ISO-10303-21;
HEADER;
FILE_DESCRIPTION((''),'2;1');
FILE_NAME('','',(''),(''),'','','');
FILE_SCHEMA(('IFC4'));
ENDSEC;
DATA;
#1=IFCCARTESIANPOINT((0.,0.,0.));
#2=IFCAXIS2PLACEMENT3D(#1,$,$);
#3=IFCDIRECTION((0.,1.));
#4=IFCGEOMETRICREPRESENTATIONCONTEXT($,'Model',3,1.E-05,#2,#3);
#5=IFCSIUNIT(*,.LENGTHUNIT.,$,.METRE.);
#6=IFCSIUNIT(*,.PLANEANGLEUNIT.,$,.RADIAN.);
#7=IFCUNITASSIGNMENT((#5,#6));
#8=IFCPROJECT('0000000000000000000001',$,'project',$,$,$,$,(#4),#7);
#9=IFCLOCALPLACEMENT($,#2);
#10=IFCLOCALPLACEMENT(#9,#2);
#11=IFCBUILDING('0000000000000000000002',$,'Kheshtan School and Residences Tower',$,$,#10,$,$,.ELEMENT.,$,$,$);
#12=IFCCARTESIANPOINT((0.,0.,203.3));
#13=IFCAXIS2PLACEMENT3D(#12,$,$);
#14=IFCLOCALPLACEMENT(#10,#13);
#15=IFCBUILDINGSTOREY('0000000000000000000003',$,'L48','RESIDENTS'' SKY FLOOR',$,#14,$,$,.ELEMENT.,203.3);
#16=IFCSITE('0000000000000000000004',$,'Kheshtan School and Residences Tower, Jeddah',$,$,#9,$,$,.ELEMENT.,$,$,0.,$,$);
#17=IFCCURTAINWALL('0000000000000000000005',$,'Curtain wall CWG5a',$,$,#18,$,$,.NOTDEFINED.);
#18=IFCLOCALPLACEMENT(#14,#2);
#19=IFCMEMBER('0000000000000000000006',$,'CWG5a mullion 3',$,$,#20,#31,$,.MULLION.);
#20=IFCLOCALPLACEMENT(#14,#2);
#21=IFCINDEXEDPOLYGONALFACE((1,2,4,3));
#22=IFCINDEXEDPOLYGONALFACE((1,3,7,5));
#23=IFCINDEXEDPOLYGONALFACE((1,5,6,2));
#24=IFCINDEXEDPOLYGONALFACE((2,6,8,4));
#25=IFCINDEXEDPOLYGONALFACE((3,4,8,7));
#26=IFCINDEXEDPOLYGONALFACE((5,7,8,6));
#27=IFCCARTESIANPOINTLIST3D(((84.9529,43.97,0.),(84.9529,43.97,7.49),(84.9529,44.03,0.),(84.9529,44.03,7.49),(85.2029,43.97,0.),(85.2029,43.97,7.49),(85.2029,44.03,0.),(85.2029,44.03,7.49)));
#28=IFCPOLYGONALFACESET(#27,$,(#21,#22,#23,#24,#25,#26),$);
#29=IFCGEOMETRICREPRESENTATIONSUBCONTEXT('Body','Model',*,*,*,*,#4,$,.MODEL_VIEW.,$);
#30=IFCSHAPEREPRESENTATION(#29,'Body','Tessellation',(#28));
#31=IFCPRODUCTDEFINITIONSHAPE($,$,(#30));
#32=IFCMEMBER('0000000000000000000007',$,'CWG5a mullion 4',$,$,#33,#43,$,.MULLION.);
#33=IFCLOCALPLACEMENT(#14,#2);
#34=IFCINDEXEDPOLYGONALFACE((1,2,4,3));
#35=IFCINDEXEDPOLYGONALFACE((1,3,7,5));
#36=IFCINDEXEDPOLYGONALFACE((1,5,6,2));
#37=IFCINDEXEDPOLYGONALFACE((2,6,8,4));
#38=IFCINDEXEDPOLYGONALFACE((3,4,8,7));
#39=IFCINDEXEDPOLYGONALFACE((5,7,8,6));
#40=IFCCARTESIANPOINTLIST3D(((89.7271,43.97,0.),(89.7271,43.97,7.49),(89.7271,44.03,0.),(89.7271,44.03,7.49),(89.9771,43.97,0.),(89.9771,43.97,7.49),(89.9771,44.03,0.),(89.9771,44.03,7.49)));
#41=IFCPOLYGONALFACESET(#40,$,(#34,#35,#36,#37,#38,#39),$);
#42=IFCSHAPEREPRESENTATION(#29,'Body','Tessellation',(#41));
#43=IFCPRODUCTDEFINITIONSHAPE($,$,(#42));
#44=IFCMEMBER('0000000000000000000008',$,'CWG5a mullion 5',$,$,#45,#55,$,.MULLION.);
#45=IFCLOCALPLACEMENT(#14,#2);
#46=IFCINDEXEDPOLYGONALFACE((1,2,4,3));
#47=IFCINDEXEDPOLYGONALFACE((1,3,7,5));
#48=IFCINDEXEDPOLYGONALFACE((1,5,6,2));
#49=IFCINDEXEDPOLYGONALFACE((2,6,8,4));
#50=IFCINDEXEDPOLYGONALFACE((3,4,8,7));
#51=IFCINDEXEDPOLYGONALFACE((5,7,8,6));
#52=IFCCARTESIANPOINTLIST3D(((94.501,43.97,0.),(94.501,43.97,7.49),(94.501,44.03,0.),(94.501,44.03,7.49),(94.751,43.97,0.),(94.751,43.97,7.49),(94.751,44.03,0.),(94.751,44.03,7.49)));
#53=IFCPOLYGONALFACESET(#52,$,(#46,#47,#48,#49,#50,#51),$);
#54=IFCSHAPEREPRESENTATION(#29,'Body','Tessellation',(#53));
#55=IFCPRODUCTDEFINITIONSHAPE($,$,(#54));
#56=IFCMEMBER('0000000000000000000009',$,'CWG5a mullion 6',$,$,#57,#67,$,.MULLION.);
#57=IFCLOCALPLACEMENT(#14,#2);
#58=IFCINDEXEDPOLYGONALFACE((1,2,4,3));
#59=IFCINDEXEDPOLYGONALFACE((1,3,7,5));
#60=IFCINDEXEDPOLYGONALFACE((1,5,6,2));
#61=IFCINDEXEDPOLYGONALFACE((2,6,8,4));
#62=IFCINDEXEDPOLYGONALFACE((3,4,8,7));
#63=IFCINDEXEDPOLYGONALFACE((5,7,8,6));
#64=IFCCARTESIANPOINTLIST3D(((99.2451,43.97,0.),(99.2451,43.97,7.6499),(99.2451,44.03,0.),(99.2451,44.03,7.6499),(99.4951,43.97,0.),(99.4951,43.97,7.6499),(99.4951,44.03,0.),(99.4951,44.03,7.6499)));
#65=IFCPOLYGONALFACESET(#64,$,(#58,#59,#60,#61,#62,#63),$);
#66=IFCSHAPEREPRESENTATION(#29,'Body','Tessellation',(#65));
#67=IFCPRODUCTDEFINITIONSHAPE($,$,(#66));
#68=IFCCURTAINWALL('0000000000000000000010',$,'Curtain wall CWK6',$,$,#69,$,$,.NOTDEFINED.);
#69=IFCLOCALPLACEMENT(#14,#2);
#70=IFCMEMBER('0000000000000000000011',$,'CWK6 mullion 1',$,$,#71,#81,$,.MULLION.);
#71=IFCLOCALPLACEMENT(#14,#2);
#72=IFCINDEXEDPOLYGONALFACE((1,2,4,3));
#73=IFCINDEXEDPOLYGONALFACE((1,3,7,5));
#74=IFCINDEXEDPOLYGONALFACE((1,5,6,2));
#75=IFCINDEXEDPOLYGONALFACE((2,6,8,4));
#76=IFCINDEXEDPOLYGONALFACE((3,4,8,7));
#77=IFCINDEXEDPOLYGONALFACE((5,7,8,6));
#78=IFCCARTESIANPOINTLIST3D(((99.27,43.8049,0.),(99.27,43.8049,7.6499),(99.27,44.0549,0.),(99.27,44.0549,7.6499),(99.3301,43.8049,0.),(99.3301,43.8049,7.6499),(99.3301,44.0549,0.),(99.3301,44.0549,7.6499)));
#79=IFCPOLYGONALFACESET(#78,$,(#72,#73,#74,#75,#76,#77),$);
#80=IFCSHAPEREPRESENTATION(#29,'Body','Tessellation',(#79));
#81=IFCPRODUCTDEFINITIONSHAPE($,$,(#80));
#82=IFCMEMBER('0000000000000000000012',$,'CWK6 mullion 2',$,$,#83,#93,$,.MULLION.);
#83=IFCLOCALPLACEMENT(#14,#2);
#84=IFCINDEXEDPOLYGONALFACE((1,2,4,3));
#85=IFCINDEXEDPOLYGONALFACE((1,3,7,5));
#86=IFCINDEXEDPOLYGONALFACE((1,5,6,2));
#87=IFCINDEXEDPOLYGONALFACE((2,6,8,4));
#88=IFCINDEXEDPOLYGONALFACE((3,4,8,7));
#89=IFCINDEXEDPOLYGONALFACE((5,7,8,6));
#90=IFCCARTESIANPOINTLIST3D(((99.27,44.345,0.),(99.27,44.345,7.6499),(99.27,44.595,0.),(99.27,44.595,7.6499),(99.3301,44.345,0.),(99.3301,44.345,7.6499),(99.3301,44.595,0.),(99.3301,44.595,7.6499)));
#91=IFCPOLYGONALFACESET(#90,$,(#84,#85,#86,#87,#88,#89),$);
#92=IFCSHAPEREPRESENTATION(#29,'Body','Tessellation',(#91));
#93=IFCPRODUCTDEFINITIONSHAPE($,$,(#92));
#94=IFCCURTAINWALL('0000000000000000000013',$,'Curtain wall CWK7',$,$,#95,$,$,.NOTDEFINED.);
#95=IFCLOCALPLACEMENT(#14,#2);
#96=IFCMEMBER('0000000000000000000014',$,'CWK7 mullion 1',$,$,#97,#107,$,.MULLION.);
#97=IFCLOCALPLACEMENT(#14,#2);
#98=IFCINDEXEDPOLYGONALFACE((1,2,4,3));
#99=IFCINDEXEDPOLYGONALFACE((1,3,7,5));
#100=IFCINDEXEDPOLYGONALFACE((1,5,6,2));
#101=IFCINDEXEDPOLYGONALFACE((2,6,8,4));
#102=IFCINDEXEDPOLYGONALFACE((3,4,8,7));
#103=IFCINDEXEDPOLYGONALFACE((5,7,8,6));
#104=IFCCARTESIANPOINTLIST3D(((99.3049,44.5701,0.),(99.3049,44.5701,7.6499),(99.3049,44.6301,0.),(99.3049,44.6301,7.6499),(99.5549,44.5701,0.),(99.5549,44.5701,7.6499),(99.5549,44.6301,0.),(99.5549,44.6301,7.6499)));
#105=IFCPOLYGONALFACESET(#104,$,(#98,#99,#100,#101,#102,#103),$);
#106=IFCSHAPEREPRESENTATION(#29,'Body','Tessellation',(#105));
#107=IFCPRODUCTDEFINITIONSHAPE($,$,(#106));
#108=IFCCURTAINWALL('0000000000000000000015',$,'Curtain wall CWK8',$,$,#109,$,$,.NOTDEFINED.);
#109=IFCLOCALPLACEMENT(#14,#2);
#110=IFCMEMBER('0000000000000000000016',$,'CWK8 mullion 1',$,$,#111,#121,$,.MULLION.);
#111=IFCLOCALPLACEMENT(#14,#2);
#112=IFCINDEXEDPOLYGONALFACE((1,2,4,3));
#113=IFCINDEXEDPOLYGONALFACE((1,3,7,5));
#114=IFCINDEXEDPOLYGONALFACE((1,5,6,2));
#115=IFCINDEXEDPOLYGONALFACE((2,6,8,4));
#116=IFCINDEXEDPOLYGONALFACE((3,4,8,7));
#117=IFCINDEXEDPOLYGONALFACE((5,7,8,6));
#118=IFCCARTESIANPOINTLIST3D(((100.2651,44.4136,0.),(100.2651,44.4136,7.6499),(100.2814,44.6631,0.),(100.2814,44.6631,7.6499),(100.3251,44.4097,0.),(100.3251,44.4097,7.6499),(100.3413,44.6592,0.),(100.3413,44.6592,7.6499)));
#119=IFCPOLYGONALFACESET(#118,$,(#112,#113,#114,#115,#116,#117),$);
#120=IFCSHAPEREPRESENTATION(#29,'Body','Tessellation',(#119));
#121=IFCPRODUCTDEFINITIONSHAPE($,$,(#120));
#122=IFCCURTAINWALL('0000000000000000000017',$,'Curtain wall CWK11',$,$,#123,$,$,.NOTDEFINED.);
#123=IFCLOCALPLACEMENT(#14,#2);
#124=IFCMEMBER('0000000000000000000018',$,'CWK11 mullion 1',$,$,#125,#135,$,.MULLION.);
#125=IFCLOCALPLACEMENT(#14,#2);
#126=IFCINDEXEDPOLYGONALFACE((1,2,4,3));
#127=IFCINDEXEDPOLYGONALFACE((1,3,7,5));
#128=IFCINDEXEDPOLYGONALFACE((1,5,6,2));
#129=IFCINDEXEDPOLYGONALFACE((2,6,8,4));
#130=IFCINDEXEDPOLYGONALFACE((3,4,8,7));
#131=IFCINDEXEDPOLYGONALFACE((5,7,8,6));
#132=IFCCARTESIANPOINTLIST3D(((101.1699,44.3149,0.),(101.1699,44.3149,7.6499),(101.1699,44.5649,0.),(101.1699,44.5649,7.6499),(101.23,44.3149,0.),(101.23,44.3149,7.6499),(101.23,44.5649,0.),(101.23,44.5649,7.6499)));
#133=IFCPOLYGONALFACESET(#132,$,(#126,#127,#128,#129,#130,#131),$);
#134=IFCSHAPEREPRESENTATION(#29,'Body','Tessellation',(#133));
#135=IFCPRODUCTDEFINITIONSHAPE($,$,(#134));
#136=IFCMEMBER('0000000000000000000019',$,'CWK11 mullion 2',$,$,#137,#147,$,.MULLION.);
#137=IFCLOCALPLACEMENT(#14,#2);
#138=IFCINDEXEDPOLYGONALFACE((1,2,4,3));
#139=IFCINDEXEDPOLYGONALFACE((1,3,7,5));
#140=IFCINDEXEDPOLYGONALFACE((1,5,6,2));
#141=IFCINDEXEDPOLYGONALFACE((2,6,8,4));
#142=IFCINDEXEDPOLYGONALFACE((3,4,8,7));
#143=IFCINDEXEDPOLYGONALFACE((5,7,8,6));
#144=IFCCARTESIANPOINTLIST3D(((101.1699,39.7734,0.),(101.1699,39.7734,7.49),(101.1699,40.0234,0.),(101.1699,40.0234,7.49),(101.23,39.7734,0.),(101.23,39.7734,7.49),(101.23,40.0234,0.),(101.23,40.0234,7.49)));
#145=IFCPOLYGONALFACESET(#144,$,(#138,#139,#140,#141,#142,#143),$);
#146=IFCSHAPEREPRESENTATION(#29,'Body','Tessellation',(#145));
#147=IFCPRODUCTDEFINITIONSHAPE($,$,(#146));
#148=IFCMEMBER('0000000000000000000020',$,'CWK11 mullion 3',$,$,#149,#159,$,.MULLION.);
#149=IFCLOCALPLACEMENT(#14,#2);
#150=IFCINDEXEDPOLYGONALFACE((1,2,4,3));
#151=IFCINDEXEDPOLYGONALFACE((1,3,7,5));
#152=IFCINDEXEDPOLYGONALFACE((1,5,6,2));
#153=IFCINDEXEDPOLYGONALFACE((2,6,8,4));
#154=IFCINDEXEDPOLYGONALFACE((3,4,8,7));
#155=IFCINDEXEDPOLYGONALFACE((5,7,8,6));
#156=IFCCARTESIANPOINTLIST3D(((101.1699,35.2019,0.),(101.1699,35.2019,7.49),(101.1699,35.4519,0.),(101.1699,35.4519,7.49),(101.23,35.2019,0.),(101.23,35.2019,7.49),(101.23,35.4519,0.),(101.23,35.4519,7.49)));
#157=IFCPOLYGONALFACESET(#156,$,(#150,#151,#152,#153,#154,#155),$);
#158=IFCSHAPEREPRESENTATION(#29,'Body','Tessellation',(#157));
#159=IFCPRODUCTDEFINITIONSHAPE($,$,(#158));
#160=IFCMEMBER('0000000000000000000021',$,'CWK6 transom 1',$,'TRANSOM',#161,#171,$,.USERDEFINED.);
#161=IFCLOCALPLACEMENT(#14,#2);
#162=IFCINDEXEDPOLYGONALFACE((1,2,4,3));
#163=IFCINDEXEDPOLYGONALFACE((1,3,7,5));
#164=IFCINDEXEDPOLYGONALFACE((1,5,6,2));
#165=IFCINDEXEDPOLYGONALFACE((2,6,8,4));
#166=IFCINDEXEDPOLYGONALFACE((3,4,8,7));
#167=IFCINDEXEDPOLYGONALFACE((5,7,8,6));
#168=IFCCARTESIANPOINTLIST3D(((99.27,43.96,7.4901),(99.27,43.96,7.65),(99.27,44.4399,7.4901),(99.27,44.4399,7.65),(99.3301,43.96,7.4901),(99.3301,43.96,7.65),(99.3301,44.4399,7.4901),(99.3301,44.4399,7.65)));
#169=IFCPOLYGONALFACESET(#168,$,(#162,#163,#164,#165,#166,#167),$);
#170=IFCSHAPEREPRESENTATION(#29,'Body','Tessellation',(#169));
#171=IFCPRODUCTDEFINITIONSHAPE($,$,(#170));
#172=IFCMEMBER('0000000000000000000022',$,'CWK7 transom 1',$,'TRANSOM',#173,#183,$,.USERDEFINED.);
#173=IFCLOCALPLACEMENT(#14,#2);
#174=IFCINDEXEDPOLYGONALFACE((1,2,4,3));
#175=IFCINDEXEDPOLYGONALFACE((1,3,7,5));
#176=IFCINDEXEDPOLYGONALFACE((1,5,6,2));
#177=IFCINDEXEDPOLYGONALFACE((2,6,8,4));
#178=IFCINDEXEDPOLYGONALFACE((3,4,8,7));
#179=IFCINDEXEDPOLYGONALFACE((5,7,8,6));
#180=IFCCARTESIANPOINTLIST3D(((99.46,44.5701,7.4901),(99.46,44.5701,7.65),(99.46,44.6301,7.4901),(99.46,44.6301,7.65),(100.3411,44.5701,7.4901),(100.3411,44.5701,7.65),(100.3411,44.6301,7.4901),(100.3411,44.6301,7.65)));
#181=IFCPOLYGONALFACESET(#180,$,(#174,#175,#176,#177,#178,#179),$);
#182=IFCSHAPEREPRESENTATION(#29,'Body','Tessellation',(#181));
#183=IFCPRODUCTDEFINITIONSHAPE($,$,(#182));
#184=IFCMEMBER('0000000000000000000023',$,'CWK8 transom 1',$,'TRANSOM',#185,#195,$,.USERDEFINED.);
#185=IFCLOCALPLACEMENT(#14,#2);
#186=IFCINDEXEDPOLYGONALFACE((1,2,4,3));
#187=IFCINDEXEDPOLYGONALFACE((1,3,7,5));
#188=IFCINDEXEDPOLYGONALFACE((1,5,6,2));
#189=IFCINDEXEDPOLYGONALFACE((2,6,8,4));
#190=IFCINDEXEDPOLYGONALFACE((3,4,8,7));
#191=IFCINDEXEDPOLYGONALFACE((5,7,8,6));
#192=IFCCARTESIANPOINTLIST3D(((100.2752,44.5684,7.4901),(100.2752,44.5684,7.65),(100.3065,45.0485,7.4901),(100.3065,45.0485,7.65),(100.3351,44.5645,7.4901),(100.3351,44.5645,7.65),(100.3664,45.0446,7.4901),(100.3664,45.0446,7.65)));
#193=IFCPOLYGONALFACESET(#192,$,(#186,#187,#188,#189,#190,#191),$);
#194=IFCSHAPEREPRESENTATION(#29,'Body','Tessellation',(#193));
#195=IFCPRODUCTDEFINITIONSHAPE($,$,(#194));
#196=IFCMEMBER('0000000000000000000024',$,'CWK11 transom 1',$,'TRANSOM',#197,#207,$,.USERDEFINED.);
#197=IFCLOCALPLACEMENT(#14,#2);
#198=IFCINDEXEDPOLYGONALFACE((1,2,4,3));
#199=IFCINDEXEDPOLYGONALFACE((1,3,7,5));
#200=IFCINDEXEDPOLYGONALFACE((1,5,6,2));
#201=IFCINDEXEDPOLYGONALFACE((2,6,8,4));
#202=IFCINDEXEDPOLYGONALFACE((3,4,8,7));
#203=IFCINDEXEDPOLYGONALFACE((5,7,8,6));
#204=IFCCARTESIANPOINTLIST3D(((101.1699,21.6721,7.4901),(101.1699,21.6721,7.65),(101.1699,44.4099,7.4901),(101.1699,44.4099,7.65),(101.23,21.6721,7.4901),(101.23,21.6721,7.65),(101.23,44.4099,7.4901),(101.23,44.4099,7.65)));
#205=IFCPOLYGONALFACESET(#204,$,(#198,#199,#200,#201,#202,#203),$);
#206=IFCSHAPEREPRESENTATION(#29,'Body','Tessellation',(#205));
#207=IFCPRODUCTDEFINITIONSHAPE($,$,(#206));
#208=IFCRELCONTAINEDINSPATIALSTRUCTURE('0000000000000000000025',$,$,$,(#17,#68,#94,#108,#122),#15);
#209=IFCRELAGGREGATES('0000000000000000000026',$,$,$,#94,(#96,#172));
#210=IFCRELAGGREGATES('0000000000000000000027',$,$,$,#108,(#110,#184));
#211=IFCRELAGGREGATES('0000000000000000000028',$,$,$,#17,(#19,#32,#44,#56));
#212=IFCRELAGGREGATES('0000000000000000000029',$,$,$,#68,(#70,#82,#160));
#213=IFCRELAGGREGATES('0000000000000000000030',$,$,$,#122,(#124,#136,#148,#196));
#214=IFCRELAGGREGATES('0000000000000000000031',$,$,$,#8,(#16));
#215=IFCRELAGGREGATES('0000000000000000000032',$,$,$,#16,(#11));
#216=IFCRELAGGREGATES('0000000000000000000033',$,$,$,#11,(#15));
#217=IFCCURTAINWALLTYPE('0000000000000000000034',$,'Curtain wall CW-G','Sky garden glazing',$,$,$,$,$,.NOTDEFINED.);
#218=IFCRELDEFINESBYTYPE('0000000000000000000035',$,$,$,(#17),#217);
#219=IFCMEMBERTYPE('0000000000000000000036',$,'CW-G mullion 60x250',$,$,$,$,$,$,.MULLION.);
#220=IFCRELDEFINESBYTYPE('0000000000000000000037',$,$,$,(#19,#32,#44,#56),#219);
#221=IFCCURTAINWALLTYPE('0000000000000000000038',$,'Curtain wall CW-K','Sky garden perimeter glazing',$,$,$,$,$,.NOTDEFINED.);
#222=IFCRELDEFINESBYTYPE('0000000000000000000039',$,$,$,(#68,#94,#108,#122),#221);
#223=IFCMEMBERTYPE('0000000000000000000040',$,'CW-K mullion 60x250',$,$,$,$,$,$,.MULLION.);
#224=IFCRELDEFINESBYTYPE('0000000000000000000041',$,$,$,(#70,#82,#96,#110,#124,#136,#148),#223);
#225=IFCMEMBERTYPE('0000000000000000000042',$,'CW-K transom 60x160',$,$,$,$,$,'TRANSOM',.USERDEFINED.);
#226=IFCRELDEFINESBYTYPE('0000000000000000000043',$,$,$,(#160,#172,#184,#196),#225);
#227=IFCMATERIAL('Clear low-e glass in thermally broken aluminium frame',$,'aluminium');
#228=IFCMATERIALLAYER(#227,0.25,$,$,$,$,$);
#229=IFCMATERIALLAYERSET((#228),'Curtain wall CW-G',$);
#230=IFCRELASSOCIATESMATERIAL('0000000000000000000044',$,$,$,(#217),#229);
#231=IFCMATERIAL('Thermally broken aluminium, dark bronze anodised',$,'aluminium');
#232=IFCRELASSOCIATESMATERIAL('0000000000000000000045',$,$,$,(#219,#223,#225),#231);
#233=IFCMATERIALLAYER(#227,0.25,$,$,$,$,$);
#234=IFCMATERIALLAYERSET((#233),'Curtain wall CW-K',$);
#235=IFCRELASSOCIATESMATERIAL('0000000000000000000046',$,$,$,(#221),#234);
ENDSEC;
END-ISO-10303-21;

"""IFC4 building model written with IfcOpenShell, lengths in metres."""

from ifc_helpers import new_model, si_unit, direction, frame, origin, origin_2d, place, context, subcontext, project, spatial, rectangle, extrude, material, layer, layer_set, material_profile, profile_set, type_object, element, aggregate, save


model = new_model("IFC4")

# Units and contexts
model_context = context("Model", 3, precision=1e-05, world=origin(), true_north=direction((0.0, 1.0)))
body_context = subcontext(model_context, "Body", "Model", "MODEL_VIEW")
ifc_project = project(units=[si_unit("LENGTHUNIT", "METRE"), si_unit("PLANEANGLEUNIT", "RADIAN")], contexts=[model_context])

# Site, building, storey
site_placement = place(None, origin())
site = spatial("IfcSite", under=ifc_project, at=site_placement, Name="Kheshtan School and Residences Tower, Jeddah", CompositionType="ELEMENT", RefElevation=0.0)
building_placement = place(site_placement, origin())
building = spatial("IfcBuilding", under=site, at=building_placement, Name="Kheshtan School and Residences Tower", CompositionType="ELEMENT")
storey_placement = place(building_placement, frame((0.0, 0.0, 203.3)))
storey = spatial("IfcBuildingStorey", under=building, at=storey_placement, Name="L48", Description="RESIDENTS' SKY FLOOR", CompositionType="ELEMENT", Elevation=203.3)

# Curtain walls, members
ifc_material_1 = material(Name="Clear low-e glass in thermally broken aluminium frame", Category="aluminium")
ifc_layer_1 = layer(ifc_material_1, 0.25)
ifc_layer_set_1 = layer_set([ifc_layer_1], Name="Curtain wall CW-G")
curtain_wall_type_1 = type_object("IfcCurtainWallType", Name="Curtain wall CW-G", Description="Sky garden glazing", PredefinedType="NOTDEFINED", material=ifc_layer_set_1)
curtain_wall_1_placement = place(storey_placement, origin())
curtain_wall_1 = element("IfcCurtainWall", 1, at=curtain_wall_1_placement, inside=storey, type_object=curtain_wall_type_1, Name="Curtain wall CWG5a", PredefinedType="NOTDEFINED")
ifc_material_2 = material(Name="Thermally broken aluminium, dark bronze anodised", Category="aluminium")
ifc_material_profile_1 = material_profile(ifc_material_2, rectangle(XDim=0.0601, YDim=0.25, at=origin_2d()), Name="CW-G mullion 60x250")
ifc_profile_set_1 = profile_set([ifc_material_profile_1], Name="Thermally broken aluminium, dark bronze anodised")
member_type_1 = type_object("IfcMemberType", Name="CW-G mullion 60x250", PredefinedType="MULLION", material=ifc_profile_set_1)
member_1_placement = place(storey_placement, frame((85.0779, 44.0, 0.0), z_axis=(0.0, 0.0, 1.0), x_axis=(0.0, 1.0, 0.0)))
member_1 = element("IfcMember", 2, at=member_1_placement, type_object=member_type_1, Name="CWG5a mullion 3", PredefinedType="MULLION", context=body_context, shape_type="SweptSolid", body=[
    extrude(rectangle(XDim=0.0601, YDim=0.25, at=origin_2d()), origin(), (0.0, 0.0, 1.0), 7.49),
])
member_2_placement = place(storey_placement, frame((89.8521, 44.0, 0.0), z_axis=(0.0, 0.0, 1.0), x_axis=(0.0, 1.0, 0.0)))
member_2 = element("IfcMember", 3, at=member_2_placement, type_object=member_type_1, Name="CWG5a mullion 4", PredefinedType="MULLION", context=body_context, shape_type="SweptSolid", body=[
    extrude(rectangle(XDim=0.0601, YDim=0.25, at=origin_2d()), origin(), (0.0, 0.0, 1.0), 7.49),
])
member_3_placement = place(storey_placement, frame((94.626, 44.0, 0.0), z_axis=(0.0, 0.0, 1.0), x_axis=(0.0, 1.0, 0.0)))
member_3 = element("IfcMember", 4, at=member_3_placement, type_object=member_type_1, Name="CWG5a mullion 5", PredefinedType="MULLION", context=body_context, shape_type="SweptSolid", body=[
    extrude(rectangle(XDim=0.0601, YDim=0.25, at=origin_2d()), origin(), (0.0, 0.0, 1.0), 7.49),
])
member_4_placement = place(storey_placement, frame((99.3701, 44.0, 0.0), z_axis=(0.0, 0.0, 1.0), x_axis=(0.0, 1.0, 0.0)))
member_4 = element("IfcMember", 5, at=member_4_placement, type_object=member_type_1, Name="CWG5a mullion 6", PredefinedType="MULLION", context=body_context, shape_type="SweptSolid", body=[
    extrude(rectangle(XDim=0.0601, YDim=0.25, at=origin_2d()), origin(), (0.0, 0.0, 1.0), 7.6499),
])
ifc_layer_2 = layer(ifc_material_1, 0.25)
ifc_layer_set_2 = layer_set([ifc_layer_2], Name="Curtain wall CW-K")
curtain_wall_type_2 = type_object("IfcCurtainWallType", Name="Curtain wall CW-K", Description="Sky garden perimeter glazing", PredefinedType="NOTDEFINED", material=ifc_layer_set_2)
curtain_wall_2_placement = place(storey_placement, origin())
curtain_wall_2 = element("IfcCurtainWall", 6, at=curtain_wall_2_placement, inside=storey, type_object=curtain_wall_type_2, Name="Curtain wall CWK6", PredefinedType="NOTDEFINED")
ifc_material_profile_2 = material_profile(ifc_material_2, rectangle(XDim=0.0601, YDim=0.25, at=origin_2d()), Name="CW-K mullion 60x250")
ifc_profile_set_2 = profile_set([ifc_material_profile_2], Name="Thermally broken aluminium, dark bronze anodised")
member_type_2 = type_object("IfcMemberType", Name="CW-K mullion 60x250", PredefinedType="MULLION", material=ifc_profile_set_2)
member_5_placement = place(storey_placement, frame((99.3, 43.9299, 0.0), z_axis=(0.0, 0.0, 1.0), x_axis=(-1.0, 0.0, 0.0)))
member_5 = element("IfcMember", 7, at=member_5_placement, type_object=member_type_2, Name="CWK6 mullion 1", PredefinedType="MULLION", context=body_context, shape_type="SweptSolid", body=[
    extrude(rectangle(XDim=0.0601, YDim=0.25, at=origin_2d()), origin(), (0.0, 0.0, 1.0), 7.6499),
])
member_6_placement = place(storey_placement, frame((99.3, 44.47, 0.0), z_axis=(0.0, 0.0, 1.0), x_axis=(-1.0, 0.0, 0.0)))
member_6 = element("IfcMember", 8, at=member_6_placement, type_object=member_type_2, Name="CWK6 mullion 2", PredefinedType="MULLION", context=body_context, shape_type="SweptSolid", body=[
    extrude(rectangle(XDim=0.0601, YDim=0.25, at=origin_2d()), origin(), (0.0, 0.0, 1.0), 7.6499),
])

# Curtain walls, members
curtain_wall_3_placement = place(storey_placement, origin())
curtain_wall_3 = element("IfcCurtainWall", 9, at=curtain_wall_3_placement, inside=storey, type_object=curtain_wall_type_2, Name="Curtain wall CWK7", PredefinedType="NOTDEFINED")
member_7_placement = place(storey_placement, frame((99.4299, 44.6001, 0.0), z_axis=(0.0, 0.0, 1.0), x_axis=(0.0, 1.0, 0.0)))
member_7 = element("IfcMember", 10, at=member_7_placement, type_object=member_type_2, Name="CWK7 mullion 1", PredefinedType="MULLION", context=body_context, shape_type="SweptSolid", body=[
    extrude(rectangle(XDim=0.0601, YDim=0.25, at=origin_2d()), origin(), (0.0, 0.0, 1.0), 7.6499),
])
curtain_wall_4_placement = place(storey_placement, origin())
curtain_wall_4 = element("IfcCurtainWall", 11, at=curtain_wall_4_placement, inside=storey, type_object=curtain_wall_type_2, Name="Curtain wall CWK8", PredefinedType="NOTDEFINED")
member_8_placement = place(storey_placement, frame((100.3032, 44.5364, 0.0), z_axis=(0.0, 0.0, 1.0), x_axis=(-0.997894, 0.064863, 0.0)))
member_8 = element("IfcMember", 12, at=member_8_placement, type_object=member_type_2, Name="CWK8 mullion 1", PredefinedType="MULLION", context=body_context, shape_type="SweptSolid", body=[
    extrude(rectangle(XDim=0.0601, YDim=0.25, at=origin_2d()), origin(), (0.0, 0.0, 1.0), 7.6499),
])

# Curtain wall, members
curtain_wall_5_placement = place(storey_placement, origin())
curtain_wall_5 = element("IfcCurtainWall", 13, at=curtain_wall_5_placement, inside=storey, type_object=curtain_wall_type_2, Name="Curtain wall CWK11", PredefinedType="NOTDEFINED")
member_9_placement = place(storey_placement, frame((101.2, 44.4399, 0.0), z_axis=(0.0, 0.0, 1.0), x_axis=(1.0, 0.0, 0.0)))
member_9 = element("IfcMember", 14, at=member_9_placement, type_object=member_type_2, Name="CWK11 mullion 1", PredefinedType="MULLION", context=body_context, shape_type="SweptSolid", body=[
    extrude(rectangle(XDim=0.0601, YDim=0.25, at=origin_2d()), origin(), (0.0, 0.0, 1.0), 7.6499),
])
member_10_placement = place(storey_placement, frame((101.2, 39.8984, 0.0), z_axis=(0.0, 0.0, 1.0), x_axis=(1.0, 0.0, 0.0)))
member_10 = element("IfcMember", 15, at=member_10_placement, type_object=member_type_2, Name="CWK11 mullion 2", PredefinedType="MULLION", context=body_context, shape_type="SweptSolid", body=[
    extrude(rectangle(XDim=0.0601, YDim=0.25, at=origin_2d()), origin(), (0.0, 0.0, 1.0), 7.49),
])
member_11_placement = place(storey_placement, frame((101.2, 35.3269, 0.0), z_axis=(0.0, 0.0, 1.0), x_axis=(1.0, 0.0, 0.0)))
member_11 = element("IfcMember", 16, at=member_11_placement, type_object=member_type_2, Name="CWK11 mullion 3", PredefinedType="MULLION", context=body_context, shape_type="SweptSolid", body=[
    extrude(rectangle(XDim=0.0601, YDim=0.25, at=origin_2d()), origin(), (0.0, 0.0, 1.0), 7.49),
])

# Members
ifc_material_profile_3 = material_profile(ifc_material_2, rectangle(XDim=0.0601, YDim=0.1599, at=origin_2d()), Name="CW-K transom 60x160")
ifc_profile_set_3 = profile_set([ifc_material_profile_3], Name="Thermally broken aluminium, dark bronze anodised")
member_type_3 = type_object("IfcMemberType", Name="CW-K transom 60x160", ElementType="TRANSOM", PredefinedType="USERDEFINED", material=ifc_profile_set_3)
member_12_placement = place(storey_placement, frame((99.3, 43.96, 7.5701), z_axis=(0.0, 1.0, 0.0), x_axis=(-1.0, 0.0, 0.0)))
member_12 = element("IfcMember", 17, at=member_12_placement, type_object=member_type_3, Name="CWK6 transom 1", ObjectType="TRANSOM", PredefinedType="USERDEFINED", context=body_context, shape_type="SweptSolid", body=[
    extrude(rectangle(XDim=0.0601, YDim=0.1599, at=origin_2d()), origin(), (0.0, 0.0, 1.0), 0.48),
])
member_13_placement = place(storey_placement, frame((99.46, 44.6001, 7.5701), z_axis=(1.0, 0.0, 0.0), x_axis=(0.0, 1.0, 0.0)))
member_13 = element("IfcMember", 18, at=member_13_placement, type_object=member_type_3, Name="CWK7 transom 1", ObjectType="TRANSOM", PredefinedType="USERDEFINED", context=body_context, shape_type="SweptSolid", body=[
    extrude(rectangle(XDim=0.0601, YDim=0.1599, at=origin_2d()), origin(), (0.0, 0.0, 1.0), 0.8811),
])
aggregate(curtain_wall_3, [member_7, member_13])
member_14_placement = place(storey_placement, frame((100.3052, 44.5664, 7.5701), z_axis=(0.064936, 0.997889, 0.0), x_axis=(-0.997889, 0.064936, 0.0)))
member_14 = element("IfcMember", 19, at=member_14_placement, type_object=member_type_3, Name="CWK8 transom 1", ObjectType="TRANSOM", PredefinedType="USERDEFINED", context=body_context, shape_type="SweptSolid", body=[
    extrude(rectangle(XDim=0.0601, YDim=0.1599, at=origin_2d()), origin(), (0.0, 0.0, 1.0), 0.4812),
])
aggregate(curtain_wall_4, [member_8, member_14])
member_15_placement = place(storey_placement, frame((101.2, 44.4099, 7.5701), z_axis=(0.0, -1.0, 0.0), x_axis=(1.0, 0.0, 0.0)))
member_15 = element("IfcMember", 20, at=member_15_placement, type_object=member_type_3, Name="CWK11 transom 1", ObjectType="TRANSOM", PredefinedType="USERDEFINED", context=body_context, shape_type="SweptSolid", body=[
    extrude(rectangle(XDim=0.0601, YDim=0.1599, at=origin_2d()), origin(), (0.0, 0.0, 1.0), 22.7378),
])

aggregate(curtain_wall_1, [member_1, member_2, member_3, member_4])
aggregate(curtain_wall_2, [member_5, member_6, member_12])
aggregate(curtain_wall_5, [member_9, member_10, member_11, member_15])

save(model, "model.ifc")
